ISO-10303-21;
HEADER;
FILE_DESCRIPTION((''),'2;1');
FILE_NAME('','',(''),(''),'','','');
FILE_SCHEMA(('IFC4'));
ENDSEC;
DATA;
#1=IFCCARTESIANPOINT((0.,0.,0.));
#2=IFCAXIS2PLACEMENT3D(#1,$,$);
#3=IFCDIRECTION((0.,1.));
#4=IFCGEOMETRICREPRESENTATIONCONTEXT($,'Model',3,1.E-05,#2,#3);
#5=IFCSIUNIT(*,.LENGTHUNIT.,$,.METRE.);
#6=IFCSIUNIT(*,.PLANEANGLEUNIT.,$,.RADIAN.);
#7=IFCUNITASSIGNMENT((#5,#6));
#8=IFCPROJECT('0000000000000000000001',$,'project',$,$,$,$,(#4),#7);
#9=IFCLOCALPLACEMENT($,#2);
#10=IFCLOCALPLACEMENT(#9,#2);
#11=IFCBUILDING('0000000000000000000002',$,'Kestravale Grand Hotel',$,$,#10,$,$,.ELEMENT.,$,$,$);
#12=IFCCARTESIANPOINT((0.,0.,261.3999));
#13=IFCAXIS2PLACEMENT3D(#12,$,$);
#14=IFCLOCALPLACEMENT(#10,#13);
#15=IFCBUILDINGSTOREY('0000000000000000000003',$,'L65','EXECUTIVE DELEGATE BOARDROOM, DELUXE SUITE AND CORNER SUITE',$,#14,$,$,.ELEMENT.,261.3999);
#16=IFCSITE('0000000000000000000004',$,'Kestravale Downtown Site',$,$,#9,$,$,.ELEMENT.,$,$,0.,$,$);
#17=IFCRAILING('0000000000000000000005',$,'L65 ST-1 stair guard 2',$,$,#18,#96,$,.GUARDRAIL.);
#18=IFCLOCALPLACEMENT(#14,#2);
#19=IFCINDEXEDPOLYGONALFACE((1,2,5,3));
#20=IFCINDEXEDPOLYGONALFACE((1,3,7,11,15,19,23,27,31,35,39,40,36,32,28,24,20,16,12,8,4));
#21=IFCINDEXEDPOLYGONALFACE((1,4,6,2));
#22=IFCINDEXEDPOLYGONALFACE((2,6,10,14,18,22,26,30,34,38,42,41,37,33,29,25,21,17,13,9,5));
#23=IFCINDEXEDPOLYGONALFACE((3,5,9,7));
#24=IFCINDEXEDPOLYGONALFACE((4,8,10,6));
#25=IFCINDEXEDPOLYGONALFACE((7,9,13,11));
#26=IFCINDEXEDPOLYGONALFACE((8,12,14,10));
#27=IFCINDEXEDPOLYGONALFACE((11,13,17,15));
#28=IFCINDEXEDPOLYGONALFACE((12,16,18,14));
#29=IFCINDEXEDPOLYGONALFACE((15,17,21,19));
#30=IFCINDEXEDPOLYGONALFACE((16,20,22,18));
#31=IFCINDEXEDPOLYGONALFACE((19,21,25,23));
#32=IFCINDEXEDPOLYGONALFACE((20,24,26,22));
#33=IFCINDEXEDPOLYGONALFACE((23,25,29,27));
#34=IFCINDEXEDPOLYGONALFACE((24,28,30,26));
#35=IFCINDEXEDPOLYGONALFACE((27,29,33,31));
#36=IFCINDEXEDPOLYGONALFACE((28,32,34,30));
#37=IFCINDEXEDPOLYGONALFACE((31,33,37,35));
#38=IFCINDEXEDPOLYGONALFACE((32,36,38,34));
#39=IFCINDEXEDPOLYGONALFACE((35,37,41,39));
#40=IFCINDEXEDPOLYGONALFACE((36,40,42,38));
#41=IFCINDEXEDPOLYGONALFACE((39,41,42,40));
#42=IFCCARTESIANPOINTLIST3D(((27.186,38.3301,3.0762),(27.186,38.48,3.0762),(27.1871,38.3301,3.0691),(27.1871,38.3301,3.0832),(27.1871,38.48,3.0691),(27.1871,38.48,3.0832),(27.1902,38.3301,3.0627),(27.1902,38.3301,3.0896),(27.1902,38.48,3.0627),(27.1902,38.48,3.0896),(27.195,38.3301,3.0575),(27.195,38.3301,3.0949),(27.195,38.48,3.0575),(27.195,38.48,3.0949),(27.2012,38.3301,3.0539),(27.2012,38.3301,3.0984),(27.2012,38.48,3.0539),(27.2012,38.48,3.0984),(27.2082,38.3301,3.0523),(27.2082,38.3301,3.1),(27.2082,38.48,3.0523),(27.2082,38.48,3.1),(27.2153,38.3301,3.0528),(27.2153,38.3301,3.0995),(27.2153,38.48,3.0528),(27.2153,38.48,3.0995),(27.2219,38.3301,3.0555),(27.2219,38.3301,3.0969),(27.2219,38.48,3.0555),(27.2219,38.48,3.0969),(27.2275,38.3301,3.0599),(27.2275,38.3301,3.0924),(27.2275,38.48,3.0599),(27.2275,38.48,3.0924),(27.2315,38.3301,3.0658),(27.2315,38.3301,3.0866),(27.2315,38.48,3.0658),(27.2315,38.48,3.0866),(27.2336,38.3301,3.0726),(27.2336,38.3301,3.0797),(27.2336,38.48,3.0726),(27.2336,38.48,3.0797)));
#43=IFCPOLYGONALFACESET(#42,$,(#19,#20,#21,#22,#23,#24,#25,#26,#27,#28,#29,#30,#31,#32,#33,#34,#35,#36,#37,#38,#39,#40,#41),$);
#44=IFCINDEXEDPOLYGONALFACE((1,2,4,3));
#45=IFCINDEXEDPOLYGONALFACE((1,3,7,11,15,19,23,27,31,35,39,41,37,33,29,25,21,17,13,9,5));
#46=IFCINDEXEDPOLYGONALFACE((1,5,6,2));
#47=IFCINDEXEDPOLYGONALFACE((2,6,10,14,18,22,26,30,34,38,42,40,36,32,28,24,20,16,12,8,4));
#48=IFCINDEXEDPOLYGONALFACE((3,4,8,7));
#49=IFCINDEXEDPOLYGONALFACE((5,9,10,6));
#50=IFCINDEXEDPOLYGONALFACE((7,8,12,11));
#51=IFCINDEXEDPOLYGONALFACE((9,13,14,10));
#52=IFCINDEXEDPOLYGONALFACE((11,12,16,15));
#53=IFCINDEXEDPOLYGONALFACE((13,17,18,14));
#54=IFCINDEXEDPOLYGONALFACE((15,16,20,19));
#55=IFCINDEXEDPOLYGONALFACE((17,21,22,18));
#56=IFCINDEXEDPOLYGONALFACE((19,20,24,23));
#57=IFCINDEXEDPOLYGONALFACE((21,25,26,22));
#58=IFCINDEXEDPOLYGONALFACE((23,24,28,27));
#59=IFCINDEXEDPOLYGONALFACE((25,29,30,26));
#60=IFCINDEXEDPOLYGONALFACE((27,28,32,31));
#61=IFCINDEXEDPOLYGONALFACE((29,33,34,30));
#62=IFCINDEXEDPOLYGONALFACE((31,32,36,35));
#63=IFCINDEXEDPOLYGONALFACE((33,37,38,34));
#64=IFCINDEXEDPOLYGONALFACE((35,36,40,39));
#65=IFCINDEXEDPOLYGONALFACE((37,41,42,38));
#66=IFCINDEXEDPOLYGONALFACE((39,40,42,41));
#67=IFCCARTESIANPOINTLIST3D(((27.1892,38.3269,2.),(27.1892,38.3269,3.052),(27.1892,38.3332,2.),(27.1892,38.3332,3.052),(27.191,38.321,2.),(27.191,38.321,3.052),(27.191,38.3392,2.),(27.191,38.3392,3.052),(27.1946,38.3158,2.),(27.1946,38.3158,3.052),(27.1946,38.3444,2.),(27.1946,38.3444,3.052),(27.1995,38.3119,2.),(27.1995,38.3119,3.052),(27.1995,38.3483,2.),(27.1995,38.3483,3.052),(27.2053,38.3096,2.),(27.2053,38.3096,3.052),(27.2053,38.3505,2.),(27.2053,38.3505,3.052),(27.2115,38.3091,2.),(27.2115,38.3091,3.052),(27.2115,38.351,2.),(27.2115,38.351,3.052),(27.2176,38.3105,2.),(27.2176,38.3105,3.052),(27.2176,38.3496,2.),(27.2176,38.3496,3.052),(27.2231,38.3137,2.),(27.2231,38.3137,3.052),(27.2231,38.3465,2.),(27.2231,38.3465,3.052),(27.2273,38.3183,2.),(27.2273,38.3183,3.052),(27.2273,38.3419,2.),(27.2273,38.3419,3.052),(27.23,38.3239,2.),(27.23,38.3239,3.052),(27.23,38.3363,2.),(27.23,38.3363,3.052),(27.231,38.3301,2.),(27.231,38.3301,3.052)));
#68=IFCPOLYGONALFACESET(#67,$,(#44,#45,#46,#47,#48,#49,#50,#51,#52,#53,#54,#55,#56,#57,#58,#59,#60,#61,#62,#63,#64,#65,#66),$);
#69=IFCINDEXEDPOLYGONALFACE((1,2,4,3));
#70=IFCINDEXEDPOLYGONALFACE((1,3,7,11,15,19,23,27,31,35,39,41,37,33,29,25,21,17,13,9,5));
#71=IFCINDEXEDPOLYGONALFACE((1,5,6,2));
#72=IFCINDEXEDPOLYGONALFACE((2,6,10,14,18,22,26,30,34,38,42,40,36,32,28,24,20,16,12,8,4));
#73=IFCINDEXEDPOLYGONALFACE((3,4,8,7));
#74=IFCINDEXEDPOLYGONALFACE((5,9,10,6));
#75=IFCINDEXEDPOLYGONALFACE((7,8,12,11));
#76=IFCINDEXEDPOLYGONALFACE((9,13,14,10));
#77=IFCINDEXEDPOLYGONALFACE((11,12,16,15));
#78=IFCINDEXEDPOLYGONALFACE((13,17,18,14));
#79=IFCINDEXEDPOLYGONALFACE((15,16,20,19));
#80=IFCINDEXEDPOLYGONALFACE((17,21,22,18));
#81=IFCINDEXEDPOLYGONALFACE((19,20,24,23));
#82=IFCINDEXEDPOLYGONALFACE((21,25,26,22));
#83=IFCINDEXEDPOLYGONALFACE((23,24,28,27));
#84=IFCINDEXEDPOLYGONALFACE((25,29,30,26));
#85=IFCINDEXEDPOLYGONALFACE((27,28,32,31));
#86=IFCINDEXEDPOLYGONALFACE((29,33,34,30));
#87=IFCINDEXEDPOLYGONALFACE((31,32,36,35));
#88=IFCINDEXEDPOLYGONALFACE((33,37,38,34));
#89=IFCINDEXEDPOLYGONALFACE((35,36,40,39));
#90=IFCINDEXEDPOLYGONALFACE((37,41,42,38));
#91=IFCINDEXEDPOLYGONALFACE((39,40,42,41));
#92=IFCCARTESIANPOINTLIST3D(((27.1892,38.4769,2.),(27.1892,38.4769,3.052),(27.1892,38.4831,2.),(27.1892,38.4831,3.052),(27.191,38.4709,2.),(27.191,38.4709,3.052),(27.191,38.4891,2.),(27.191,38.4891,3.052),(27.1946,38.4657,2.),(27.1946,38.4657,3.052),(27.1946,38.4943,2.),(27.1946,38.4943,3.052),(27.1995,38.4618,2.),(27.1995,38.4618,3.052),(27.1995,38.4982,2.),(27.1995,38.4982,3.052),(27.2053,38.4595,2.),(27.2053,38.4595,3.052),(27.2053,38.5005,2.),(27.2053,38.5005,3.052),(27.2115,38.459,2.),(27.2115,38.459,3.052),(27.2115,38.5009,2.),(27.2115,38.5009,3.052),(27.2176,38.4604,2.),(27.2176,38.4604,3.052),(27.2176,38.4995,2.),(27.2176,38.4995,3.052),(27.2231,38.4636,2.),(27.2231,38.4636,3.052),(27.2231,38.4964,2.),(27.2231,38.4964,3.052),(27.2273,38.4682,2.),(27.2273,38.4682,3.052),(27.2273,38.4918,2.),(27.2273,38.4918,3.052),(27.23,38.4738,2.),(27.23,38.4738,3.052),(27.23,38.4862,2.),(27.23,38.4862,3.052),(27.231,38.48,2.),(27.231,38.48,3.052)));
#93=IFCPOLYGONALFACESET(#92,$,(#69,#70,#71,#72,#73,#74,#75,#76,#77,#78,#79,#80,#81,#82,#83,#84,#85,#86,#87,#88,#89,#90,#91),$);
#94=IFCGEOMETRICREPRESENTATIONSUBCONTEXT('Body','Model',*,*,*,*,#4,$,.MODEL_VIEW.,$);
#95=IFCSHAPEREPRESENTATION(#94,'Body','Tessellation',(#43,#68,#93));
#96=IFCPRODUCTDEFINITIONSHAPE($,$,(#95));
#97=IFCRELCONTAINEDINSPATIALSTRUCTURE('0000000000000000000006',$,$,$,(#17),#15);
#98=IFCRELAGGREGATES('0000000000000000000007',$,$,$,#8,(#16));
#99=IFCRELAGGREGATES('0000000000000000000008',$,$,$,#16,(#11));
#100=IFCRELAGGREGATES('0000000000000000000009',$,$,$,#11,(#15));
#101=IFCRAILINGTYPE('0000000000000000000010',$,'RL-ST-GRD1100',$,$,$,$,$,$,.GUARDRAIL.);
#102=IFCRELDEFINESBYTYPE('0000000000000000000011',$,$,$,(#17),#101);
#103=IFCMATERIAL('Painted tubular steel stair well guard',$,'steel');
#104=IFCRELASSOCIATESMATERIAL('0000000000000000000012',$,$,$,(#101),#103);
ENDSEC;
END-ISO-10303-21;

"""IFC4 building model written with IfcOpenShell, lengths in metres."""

from ifc_helpers import new_model, si_unit, direction, frame, origin, origin_2d, place, context, subcontext, project, spatial, circle, extrude, material, type_object, element, save


model = new_model("IFC4")

# Units and contexts
model_context = context("Model", 3, precision=1e-05, world=origin(), true_north=direction((0.0, 1.0)))
body_context = subcontext(model_context, "Body", "Model", "MODEL_VIEW")
ifc_project = project(units=[si_unit("LENGTHUNIT", "METRE"), si_unit("PLANEANGLEUNIT", "RADIAN")], contexts=[model_context])

# Site, building, storey
site_placement = place(None, origin())
site = spatial("IfcSite", under=ifc_project, at=site_placement, Name="Kestravale Downtown Site", CompositionType="ELEMENT", RefElevation=0.0)
building_placement = place(site_placement, origin())
building = spatial("IfcBuilding", under=site, at=building_placement, Name="Kestravale Grand Hotel", CompositionType="ELEMENT")
storey_placement = place(building_placement, frame((0.0, 0.0, 261.3999)))
storey = spatial("IfcBuildingStorey", under=building, at=storey_placement, Name="L65", Description="EXECUTIVE DELEGATE BOARDROOM, DELUXE SUITE AND CORNER SUITE", CompositionType="ELEMENT", Elevation=261.3999)

# Railing
ifc_material_1 = material(Name="Painted tubular steel stair well guard", Category="steel")
railing_type_1 = type_object("IfcRailingType", Name="RL-ST-GRD1100", PredefinedType="GUARDRAIL", material=ifc_material_1)
railing_1_placement = place(storey_placement, frame((27.21, 38.3301, 2.0)))
element("IfcRailing", 1, at=railing_1_placement, inside=storey, type_object=railing_type_1, Name="L65 ST-1 stair guard 2", PredefinedType="GUARDRAIL", context=body_context, shape_type="SweptSolid", body=[
    extrude(circle(Radius=0.0239, at=origin_2d()), frame((0.0, 0.0, 1.0762), z_axis=(0.0, 1.0, 0.0), x_axis=(-1.0, 0.0, 0.0)), (0.0, 0.0, 1.0), 0.1499),
    extrude(circle(Radius=0.021, at=origin_2d()), origin(), (0.0, 0.0, 1.0), 1.052),
    extrude(circle(Radius=0.021, at=origin_2d()), frame((0.0, 0.1499, 0.0)), (0.0, 0.0, 1.0), 1.052),
])

save(model, "model.ifc")
